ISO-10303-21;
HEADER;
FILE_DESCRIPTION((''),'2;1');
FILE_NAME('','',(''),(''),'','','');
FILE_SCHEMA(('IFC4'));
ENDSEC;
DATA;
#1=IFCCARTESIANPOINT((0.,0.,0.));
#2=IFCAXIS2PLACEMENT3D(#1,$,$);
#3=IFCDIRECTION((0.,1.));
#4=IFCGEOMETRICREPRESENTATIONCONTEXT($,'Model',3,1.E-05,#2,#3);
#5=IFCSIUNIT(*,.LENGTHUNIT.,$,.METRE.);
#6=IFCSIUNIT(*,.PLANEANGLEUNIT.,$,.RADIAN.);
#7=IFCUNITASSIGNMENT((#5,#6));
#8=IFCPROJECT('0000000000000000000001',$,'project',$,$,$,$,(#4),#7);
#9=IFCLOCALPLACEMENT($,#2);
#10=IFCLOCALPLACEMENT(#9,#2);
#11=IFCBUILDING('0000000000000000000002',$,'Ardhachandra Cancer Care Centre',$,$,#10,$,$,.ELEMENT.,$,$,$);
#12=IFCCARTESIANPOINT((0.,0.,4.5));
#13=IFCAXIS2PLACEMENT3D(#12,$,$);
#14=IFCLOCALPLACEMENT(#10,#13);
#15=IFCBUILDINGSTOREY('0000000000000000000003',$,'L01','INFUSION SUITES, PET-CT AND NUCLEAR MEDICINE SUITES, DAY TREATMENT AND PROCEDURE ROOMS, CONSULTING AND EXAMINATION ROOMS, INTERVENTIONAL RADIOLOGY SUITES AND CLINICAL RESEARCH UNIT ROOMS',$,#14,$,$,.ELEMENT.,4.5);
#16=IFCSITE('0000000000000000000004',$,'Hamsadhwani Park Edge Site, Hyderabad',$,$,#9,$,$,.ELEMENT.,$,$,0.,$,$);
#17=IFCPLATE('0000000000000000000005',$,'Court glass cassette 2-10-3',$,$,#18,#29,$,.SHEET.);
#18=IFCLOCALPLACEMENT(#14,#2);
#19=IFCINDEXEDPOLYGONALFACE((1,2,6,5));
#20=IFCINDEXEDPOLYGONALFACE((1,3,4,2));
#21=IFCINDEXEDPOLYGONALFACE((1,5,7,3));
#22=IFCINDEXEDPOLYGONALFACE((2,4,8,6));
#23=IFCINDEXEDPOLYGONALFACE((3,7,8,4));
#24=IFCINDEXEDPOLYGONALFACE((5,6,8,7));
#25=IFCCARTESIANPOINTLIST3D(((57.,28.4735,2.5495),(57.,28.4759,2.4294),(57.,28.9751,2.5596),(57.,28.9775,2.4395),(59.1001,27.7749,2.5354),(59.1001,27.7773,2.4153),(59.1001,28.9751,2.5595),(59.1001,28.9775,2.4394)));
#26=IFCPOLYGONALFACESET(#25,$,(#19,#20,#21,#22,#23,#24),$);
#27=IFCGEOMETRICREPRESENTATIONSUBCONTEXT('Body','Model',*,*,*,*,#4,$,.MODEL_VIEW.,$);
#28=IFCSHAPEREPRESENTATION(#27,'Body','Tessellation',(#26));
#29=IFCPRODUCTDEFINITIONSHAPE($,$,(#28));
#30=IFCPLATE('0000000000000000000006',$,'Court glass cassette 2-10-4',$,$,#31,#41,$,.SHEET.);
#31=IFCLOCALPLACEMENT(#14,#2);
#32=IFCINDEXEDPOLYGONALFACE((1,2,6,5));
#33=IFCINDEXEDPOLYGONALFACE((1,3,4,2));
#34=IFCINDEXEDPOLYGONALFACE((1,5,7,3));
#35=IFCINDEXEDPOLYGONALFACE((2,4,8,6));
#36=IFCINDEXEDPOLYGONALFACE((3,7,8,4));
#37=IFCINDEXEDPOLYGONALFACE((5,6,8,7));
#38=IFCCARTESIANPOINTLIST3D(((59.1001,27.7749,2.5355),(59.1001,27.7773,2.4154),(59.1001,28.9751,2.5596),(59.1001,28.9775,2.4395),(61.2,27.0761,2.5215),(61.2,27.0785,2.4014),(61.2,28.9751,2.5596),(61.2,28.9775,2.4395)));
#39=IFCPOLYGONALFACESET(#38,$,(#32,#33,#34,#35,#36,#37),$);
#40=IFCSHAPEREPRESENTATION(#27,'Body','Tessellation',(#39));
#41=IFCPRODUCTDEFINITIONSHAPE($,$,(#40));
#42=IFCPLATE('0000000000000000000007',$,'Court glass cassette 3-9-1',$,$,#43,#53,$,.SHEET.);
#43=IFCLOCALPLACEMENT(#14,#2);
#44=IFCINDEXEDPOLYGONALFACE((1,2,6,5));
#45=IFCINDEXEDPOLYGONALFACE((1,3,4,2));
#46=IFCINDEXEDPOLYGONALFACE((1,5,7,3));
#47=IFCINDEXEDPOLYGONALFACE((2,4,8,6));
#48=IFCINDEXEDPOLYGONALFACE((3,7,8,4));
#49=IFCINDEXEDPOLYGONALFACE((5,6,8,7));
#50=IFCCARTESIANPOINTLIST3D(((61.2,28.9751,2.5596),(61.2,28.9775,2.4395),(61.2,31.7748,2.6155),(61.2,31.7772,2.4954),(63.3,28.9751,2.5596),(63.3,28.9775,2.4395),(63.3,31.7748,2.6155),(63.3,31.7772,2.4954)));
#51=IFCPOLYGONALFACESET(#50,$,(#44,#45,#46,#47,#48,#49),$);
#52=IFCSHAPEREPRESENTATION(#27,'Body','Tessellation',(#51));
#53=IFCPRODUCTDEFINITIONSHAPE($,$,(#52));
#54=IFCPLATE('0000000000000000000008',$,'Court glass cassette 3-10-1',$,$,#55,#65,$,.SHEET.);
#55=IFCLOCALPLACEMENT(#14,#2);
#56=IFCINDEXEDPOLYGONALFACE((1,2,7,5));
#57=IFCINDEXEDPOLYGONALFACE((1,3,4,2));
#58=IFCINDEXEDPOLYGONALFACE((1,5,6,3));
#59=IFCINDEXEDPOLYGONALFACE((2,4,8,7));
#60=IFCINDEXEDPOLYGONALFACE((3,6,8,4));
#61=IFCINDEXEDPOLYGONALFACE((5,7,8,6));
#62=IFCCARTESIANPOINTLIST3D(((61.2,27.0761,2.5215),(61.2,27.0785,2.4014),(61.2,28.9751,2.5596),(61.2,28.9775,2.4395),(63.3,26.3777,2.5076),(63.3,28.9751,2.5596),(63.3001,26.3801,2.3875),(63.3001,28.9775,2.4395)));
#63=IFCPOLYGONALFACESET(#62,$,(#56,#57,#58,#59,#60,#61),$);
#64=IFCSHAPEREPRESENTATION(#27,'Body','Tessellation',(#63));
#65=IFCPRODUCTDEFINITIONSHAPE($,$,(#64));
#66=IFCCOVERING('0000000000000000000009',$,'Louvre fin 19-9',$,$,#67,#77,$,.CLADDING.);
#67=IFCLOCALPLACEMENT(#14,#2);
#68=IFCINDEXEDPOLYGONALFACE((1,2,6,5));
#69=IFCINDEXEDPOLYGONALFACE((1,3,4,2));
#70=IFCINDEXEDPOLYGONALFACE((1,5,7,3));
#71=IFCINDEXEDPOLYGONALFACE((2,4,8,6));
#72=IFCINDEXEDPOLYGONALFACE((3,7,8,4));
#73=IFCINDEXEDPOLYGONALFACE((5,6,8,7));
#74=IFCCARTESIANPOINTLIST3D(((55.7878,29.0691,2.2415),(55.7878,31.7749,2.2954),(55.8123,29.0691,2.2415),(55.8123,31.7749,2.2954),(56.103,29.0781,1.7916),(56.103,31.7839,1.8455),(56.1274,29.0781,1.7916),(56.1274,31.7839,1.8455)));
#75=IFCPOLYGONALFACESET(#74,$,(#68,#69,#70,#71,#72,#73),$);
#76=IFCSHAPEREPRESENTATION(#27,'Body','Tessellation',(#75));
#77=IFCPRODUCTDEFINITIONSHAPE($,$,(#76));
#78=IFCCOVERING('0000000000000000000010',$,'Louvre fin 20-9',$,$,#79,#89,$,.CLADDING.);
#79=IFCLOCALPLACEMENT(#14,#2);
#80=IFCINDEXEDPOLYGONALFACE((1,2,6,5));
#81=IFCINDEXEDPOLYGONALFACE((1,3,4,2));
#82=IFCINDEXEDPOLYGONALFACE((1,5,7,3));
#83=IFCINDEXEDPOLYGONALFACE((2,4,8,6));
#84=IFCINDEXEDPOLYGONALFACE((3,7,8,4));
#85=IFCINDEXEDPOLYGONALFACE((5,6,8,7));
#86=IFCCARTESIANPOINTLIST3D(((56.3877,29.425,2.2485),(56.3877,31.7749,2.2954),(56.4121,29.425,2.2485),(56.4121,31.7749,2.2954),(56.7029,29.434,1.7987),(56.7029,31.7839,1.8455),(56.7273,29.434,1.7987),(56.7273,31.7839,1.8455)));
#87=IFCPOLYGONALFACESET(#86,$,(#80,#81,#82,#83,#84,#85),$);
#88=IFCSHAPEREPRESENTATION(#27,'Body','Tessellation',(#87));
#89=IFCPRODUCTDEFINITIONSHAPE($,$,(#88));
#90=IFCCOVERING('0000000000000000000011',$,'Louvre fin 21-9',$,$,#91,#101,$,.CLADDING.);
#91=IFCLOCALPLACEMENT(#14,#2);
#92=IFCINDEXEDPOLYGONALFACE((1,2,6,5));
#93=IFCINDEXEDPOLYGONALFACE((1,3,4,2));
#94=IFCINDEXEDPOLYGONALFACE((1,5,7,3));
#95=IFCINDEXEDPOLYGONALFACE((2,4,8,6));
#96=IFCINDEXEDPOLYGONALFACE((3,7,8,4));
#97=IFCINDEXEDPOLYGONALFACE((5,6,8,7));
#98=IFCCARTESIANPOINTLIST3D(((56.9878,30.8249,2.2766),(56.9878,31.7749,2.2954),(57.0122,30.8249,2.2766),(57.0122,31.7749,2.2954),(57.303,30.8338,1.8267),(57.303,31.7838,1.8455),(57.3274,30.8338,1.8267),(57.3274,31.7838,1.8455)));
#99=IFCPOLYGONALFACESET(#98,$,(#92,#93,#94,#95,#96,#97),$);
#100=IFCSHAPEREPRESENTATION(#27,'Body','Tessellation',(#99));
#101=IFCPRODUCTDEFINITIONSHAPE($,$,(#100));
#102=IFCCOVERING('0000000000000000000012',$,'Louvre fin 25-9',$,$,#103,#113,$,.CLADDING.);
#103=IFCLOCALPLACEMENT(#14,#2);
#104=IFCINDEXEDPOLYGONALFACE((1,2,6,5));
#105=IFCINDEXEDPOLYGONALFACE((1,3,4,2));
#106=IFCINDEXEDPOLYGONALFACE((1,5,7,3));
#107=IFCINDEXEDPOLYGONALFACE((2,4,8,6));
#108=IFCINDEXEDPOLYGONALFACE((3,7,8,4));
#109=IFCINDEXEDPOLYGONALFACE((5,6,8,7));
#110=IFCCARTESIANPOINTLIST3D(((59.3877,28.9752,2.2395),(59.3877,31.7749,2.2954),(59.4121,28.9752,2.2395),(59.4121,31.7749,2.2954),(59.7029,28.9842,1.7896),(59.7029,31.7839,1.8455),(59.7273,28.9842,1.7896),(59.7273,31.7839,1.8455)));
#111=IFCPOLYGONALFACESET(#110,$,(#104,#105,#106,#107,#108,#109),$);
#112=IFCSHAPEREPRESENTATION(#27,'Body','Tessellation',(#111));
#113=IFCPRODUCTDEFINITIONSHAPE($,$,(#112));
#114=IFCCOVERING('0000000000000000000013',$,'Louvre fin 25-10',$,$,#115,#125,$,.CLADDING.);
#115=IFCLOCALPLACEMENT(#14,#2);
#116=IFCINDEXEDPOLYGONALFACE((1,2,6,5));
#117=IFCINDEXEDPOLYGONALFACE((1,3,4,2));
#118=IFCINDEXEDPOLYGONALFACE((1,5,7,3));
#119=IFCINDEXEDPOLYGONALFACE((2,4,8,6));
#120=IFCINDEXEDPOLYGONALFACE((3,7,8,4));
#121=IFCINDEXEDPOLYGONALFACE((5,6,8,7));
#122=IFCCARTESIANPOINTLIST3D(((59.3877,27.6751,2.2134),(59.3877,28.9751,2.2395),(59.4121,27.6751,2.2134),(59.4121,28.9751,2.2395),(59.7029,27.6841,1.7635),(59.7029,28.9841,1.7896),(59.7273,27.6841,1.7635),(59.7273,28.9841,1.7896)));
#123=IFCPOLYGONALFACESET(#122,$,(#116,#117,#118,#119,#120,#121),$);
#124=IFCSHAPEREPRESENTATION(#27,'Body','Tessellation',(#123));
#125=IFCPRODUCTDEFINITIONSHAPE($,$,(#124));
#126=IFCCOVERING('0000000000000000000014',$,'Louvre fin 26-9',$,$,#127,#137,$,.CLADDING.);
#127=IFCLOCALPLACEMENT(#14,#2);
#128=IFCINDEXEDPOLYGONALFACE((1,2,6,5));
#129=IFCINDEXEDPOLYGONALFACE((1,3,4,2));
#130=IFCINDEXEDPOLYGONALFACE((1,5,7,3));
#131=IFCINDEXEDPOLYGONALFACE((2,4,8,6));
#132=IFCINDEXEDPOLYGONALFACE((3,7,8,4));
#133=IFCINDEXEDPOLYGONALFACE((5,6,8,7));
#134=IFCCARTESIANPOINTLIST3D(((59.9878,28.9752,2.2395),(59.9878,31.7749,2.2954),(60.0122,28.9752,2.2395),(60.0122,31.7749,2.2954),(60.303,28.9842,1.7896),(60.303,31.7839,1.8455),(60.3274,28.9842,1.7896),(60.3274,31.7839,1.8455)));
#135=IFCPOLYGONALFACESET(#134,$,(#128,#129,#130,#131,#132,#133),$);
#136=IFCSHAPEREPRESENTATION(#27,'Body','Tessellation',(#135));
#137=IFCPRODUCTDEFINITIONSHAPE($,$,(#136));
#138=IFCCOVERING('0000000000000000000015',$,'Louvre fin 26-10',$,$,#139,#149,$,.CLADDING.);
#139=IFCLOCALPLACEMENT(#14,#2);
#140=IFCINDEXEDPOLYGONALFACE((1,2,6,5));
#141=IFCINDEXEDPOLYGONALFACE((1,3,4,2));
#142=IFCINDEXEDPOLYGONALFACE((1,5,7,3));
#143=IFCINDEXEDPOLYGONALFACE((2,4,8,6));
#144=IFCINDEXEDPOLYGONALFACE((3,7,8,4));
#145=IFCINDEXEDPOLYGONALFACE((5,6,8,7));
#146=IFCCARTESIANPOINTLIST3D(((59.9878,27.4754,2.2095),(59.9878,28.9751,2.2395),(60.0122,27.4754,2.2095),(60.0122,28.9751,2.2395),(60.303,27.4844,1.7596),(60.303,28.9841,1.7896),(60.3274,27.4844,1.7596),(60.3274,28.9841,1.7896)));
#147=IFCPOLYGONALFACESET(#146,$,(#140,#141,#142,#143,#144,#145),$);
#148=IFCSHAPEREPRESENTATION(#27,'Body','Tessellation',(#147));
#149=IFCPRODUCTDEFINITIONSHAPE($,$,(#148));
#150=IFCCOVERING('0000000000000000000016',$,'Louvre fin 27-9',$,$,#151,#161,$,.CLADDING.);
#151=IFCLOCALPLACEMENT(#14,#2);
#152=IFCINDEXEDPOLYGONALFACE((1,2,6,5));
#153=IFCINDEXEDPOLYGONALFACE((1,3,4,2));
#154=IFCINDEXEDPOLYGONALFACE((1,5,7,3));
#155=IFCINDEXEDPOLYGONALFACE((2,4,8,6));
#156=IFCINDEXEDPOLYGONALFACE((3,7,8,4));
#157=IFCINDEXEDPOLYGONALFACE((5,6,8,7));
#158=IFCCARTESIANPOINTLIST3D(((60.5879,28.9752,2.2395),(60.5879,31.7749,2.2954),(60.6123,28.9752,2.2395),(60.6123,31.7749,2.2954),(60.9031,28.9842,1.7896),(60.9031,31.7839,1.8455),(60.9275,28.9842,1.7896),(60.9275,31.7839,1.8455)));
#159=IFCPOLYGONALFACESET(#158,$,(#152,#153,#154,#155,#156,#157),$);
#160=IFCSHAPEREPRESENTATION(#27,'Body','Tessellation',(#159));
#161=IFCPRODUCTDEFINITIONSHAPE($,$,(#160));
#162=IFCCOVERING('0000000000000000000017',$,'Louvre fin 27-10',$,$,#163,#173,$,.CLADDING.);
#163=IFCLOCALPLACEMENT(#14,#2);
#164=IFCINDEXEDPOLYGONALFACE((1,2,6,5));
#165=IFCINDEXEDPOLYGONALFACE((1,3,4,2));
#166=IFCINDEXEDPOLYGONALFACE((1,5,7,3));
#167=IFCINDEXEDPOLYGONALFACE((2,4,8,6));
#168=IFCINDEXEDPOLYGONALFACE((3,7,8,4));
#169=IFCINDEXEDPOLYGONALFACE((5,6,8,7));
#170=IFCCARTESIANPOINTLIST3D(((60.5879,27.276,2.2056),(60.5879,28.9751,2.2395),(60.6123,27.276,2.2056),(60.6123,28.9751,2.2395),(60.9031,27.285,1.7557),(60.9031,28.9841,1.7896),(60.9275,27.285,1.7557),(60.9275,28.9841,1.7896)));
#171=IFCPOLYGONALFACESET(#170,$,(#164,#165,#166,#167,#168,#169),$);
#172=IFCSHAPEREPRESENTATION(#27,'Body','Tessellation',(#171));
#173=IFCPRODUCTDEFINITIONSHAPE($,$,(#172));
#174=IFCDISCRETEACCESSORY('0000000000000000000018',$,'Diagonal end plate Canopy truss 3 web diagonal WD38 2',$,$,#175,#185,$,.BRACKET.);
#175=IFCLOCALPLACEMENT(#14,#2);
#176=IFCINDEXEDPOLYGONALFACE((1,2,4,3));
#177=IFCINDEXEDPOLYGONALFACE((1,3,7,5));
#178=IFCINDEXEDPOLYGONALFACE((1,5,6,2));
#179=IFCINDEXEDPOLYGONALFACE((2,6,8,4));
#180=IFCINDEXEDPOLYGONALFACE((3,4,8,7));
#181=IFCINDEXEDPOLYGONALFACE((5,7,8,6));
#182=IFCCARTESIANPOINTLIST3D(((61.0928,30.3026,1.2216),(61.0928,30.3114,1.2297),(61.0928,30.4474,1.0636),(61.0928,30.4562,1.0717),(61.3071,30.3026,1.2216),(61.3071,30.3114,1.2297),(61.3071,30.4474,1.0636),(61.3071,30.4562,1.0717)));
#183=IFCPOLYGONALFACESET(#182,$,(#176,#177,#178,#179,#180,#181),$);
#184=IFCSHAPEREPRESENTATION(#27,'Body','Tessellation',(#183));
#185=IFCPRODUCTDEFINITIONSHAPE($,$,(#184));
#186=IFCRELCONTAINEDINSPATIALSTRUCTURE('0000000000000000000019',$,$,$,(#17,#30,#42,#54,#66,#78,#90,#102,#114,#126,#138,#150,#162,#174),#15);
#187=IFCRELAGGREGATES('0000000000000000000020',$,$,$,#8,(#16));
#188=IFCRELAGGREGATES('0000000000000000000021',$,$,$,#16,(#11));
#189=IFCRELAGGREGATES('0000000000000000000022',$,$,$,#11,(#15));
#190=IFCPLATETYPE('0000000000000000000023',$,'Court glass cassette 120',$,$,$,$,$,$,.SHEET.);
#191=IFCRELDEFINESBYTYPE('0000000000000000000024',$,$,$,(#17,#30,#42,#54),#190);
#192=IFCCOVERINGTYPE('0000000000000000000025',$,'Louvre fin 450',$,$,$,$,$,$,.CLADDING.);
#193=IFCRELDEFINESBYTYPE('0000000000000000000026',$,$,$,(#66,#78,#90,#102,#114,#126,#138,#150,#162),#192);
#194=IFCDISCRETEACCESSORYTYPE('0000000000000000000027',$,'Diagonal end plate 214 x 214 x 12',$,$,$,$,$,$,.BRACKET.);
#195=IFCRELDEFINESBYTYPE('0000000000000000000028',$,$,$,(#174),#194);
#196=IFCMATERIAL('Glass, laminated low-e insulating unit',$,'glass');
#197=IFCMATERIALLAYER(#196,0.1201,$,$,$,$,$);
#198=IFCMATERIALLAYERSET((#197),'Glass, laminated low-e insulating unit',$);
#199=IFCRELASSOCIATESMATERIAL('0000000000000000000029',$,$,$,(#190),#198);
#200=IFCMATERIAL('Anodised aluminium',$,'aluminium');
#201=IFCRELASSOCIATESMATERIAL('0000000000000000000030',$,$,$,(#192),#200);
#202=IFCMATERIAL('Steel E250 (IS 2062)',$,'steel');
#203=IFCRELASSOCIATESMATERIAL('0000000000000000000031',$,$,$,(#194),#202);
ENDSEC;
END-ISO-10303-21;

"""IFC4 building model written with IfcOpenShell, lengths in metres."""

from ifc_helpers import new_model, si_unit, direction, frame, origin, origin_2d, place, context, subcontext, project, spatial, polyline, rectangle, outline, extrude, material, layer, layer_set, material_profile, profile_set, type_object, element, save


model = new_model("IFC4")

# Units and contexts
model_context = context("Model", 3, precision=1e-05, world=origin(), true_north=direction((0.0, 1.0)))
body_context = subcontext(model_context, "Body", "Model", "MODEL_VIEW")
ifc_project = project(units=[si_unit("LENGTHUNIT", "METRE"), si_unit("PLANEANGLEUNIT", "RADIAN")], contexts=[model_context])

# Site, building, storey
site_placement = place(None, origin())
site = spatial("IfcSite", under=ifc_project, at=site_placement, Name="Hamsadhwani Park Edge Site, Hyderabad", CompositionType="ELEMENT", RefElevation=0.0)
building_placement = place(site_placement, origin())
building = spatial("IfcBuilding", under=site, at=building_placement, Name="Ardhachandra Cancer Care Centre", CompositionType="ELEMENT")
storey_placement = place(building_placement, frame((0.0, 0.0, 4.5)))
storey = spatial("IfcBuildingStorey", under=building, at=storey_placement, Name="L01", Description="INFUSION SUITES, PET-CT AND NUCLEAR MEDICINE SUITES, DAY TREATMENT AND PROCEDURE ROOMS, CONSULTING AND EXAMINATION ROOMS, INTERVENTIONAL RADIOLOGY SUITES AND CLINICAL RESEARCH UNIT ROOMS", CompositionType="ELEMENT", Elevation=4.5)

# Plates
ifc_material_1 = material(Name="Glass, laminated low-e insulating unit", Category="glass")
ifc_layer = layer(ifc_material_1, 0.1201)
ifc_layer_set = layer_set([ifc_layer], Name="Glass, laminated low-e insulating unit")
plate_type = type_object("IfcPlateType", Name="Court glass cassette 120", PredefinedType="SHEET", material=ifc_layer_set)
plate_1_placement = place(storey_placement, frame((57.0, 28.9751, 2.5596), z_axis=(0.000031, -0.020079, 0.999798), x_axis=(1.0, 0.000001, -0.000031)))
element("IfcPlate", 1, at=plate_1_placement, inside=storey, type_object=plate_type, Name="Court glass cassette 2-10-3", PredefinedType="SHEET", context=body_context, shape_type="SweptSolid", body=[
    extrude(outline(polyline([(0.0, -0.5017), (2.1001, -1.2004), (2.1001, 0.0), (0.0, 0.0), (0.0, -0.5017)])), frame((0.0, 0.0, -0.1201)), (0.0, 0.0, 1.0), 0.1201),
])
plate_2_placement = place(storey_placement, frame((59.1001, 28.9751, 2.5596), z_axis=(-0.000029, -0.020084, 0.999798), x_axis=(1.0, -0.000001, 0.000029)))
element("IfcPlate", 2, at=plate_2_placement, inside=storey, type_object=plate_type, Name="Court glass cassette 2-10-4", PredefinedType="SHEET", context=body_context, shape_type="SweptSolid", body=[
    extrude(outline(polyline([(0.0, -1.2004), (2.0999, -1.8994), (2.0999, 0.0), (0.0, 0.0), (0.0, -1.2004)])), frame((0.0, 0.0, -0.1201)), (0.0, 0.0, 1.0), 0.1201),
])
plate_3_placement = place(storey_placement, frame((61.2, 28.9751, 2.5596), z_axis=(0.0, -0.019965, 0.999801), x_axis=(0.0, 0.999801, 0.019965)))
element("IfcPlate", 3, at=plate_3_placement, inside=storey, type_object=plate_type, Name="Court glass cassette 3-9-1", PredefinedType="SHEET", context=body_context, shape_type="SweptSolid", body=[
    extrude(outline(polyline([(0.0, -2.1001), (2.8003, -2.1001), (2.8003, 0.0), (0.0, 0.0), (0.0, -2.1001)])), frame((0.0, 0.0, -0.1201)), (0.0, 0.0, 1.0), 0.1201),
])
plate_4_placement = place(storey_placement, frame((61.2, 28.9751, 2.5596), z_axis=(-0.000019, -0.020032, 0.999799), x_axis=(1.0, 0.0, 0.000019)))
element("IfcPlate", 4, at=plate_4_placement, inside=storey, type_object=plate_type, Name="Court glass cassette 3-10-1", PredefinedType="SHEET", context=body_context, shape_type="SweptSolid", body=[
    extrude(outline(polyline([(0.0, -1.8994), (2.1001, -2.5979), (2.1001, 0.0), (0.0, 0.0), (0.0, -1.8994)])), frame((0.0, 0.0, -0.1201)), (0.0, 0.0, 1.0), 0.1201),
])

# Coverings
ifc_material_2 = material(Name="Anodised aluminium", Category="aluminium")
ifc_material_profile_1 = material_profile(ifc_material_2, outline(polyline([(-0.0122, 0.0), (0.0122, 0.0), (0.3274, -0.45), (0.303, -0.45), (-0.0122, 0.0)])), Name="Louvre fin 450")
ifc_profile_set_1 = profile_set([ifc_material_profile_1], Name="Anodised aluminium")
covering_type = type_object("IfcCoveringType", Name="Louvre fin 450", PredefinedType="CLADDING", material=ifc_profile_set_1)
covering_1_placement = place(storey_placement, frame((55.8, 31.7749, 2.2954), z_axis=(0.0, -0.999801, -0.019936), x_axis=(1.0, 0.0, 0.0)))
element("IfcCovering", 5, at=covering_1_placement, inside=storey, type_object=covering_type, Name="Louvre fin 19-9", PredefinedType="CLADDING", context=body_context, shape_type="SweptSolid", body=[
    extrude(outline(polyline([(-0.0122, 0.0), (0.0122, 0.0), (0.3274, -0.45), (0.303, -0.45), (-0.0122, 0.0)])), origin(), (0.0, 0.0, 1.0), 2.7063),
])
covering_2_placement = place(storey_placement, frame((56.3999, 31.7749, 2.2954), z_axis=(0.0, -0.999801, -0.019944), x_axis=(1.0, 0.0, 0.0)))
element("IfcCovering", 6, at=covering_2_placement, inside=storey, type_object=covering_type, Name="Louvre fin 20-9", PredefinedType="CLADDING", context=body_context, shape_type="SweptSolid", body=[
    extrude(outline(polyline([(-0.0122, 0.0), (0.0122, 0.0), (0.3274, -0.45), (0.303, -0.45), (-0.0122, 0.0)])), origin(), (0.0, 0.0, 1.0), 2.3503),
])
covering_3_placement = place(storey_placement, frame((57.0, 31.7749, 2.2954), z_axis=(0.0, -0.999804, -0.019785), x_axis=(1.0, 0.0, 0.0)))
element("IfcCovering", 7, at=covering_3_placement, inside=storey, type_object=covering_type, Name="Louvre fin 21-9", PredefinedType="CLADDING", context=body_context, shape_type="SweptSolid", body=[
    extrude(outline(polyline([(-0.0122, 0.0), (0.0122, 0.0), (0.3274, -0.45), (0.303, -0.45), (-0.0122, 0.0)])), origin(), (0.0, 0.0, 1.0), 0.9502),
])
covering_4_placement = place(storey_placement, frame((59.3999, 31.7749, 2.2954), z_axis=(0.0, -0.999801, -0.019965), x_axis=(1.0, 0.0, 0.0)))
element("IfcCovering", 8, at=covering_4_placement, inside=storey, type_object=covering_type, Name="Louvre fin 25-9", PredefinedType="CLADDING", context=body_context, shape_type="SweptSolid", body=[
    extrude(outline(polyline([(-0.0122, 0.0), (0.0122, 0.0), (0.3274, -0.45), (0.303, -0.45), (-0.0122, 0.0)])), origin(), (0.0, 0.0, 1.0), 2.8003),
])
covering_5_placement = place(storey_placement, frame((59.3999, 28.9751, 2.2395), z_axis=(0.0, -0.999798, -0.02009), x_axis=(1.0, 0.0, 0.0)))
element("IfcCovering", 9, at=covering_5_placement, inside=storey, type_object=covering_type, Name="Louvre fin 25-10", PredefinedType="CLADDING", context=body_context, shape_type="SweptSolid", body=[
    extrude(outline(polyline([(-0.0122, 0.0), (0.0122, 0.0), (0.3274, -0.45), (0.303, -0.45), (-0.0122, 0.0)])), origin(), (0.0, 0.0, 1.0), 1.3003),
])
covering_6_placement = place(storey_placement, frame((60.0, 31.7749, 2.2954), z_axis=(0.0, -0.999801, -0.019965), x_axis=(1.0, 0.0, 0.0)))
element("IfcCovering", 10, at=covering_6_placement, inside=storey, type_object=covering_type, Name="Louvre fin 26-9", PredefinedType="CLADDING", context=body_context, shape_type="SweptSolid", body=[
    extrude(outline(polyline([(-0.0122, 0.0), (0.0122, 0.0), (0.3274, -0.45), (0.303, -0.45), (-0.0122, 0.0)])), origin(), (0.0, 0.0, 1.0), 2.8003),
])
covering_7_placement = place(storey_placement, frame((60.0, 28.9751, 2.2395), z_axis=(0.0, -0.9998, -0.020019), x_axis=(1.0, 0.0, 0.0)))
element("IfcCovering", 11, at=covering_7_placement, inside=storey, type_object=covering_type, Name="Louvre fin 26-10", PredefinedType="CLADDING", context=body_context, shape_type="SweptSolid", body=[
    extrude(outline(polyline([(-0.0122, 0.0), (0.0122, 0.0), (0.3274, -0.45), (0.303, -0.45), (-0.0122, 0.0)])), origin(), (0.0, 0.0, 1.0), 1.5),
])
covering_8_placement = place(storey_placement, frame((60.6001, 31.7749, 2.2954), z_axis=(0.0, -0.999801, -0.019965), x_axis=(1.0, 0.0, 0.0)))
element("IfcCovering", 12, at=covering_8_placement, inside=storey, type_object=covering_type, Name="Louvre fin 27-9", PredefinedType="CLADDING", context=body_context, shape_type="SweptSolid", body=[
    extrude(outline(polyline([(-0.0122, 0.0), (0.0122, 0.0), (0.3274, -0.45), (0.303, -0.45), (-0.0122, 0.0)])), origin(), (0.0, 0.0, 1.0), 2.8003),
])
covering_9_placement = place(storey_placement, frame((60.6001, 28.9751, 2.2395), z_axis=(0.0, -0.999801, -0.019967), x_axis=(1.0, 0.0, 0.0)))
element("IfcCovering", 13, at=covering_9_placement, inside=storey, type_object=covering_type, Name="Louvre fin 27-10", PredefinedType="CLADDING", context=body_context, shape_type="SweptSolid", body=[
    extrude(outline(polyline([(-0.0122, 0.0), (0.0122, 0.0), (0.3274, -0.45), (0.303, -0.45), (-0.0122, 0.0)])), origin(), (0.0, 0.0, 1.0), 1.6995),
])

# Discrete accessory
ifc_material_3 = material(Name="Steel E250 (IS 2062)", Category="steel")
ifc_material_profile_2 = material_profile(ifc_material_3, rectangle(XDim=0.2144, YDim=0.2144, at=origin_2d()), Name="PL 214x214x12")
ifc_profile_set_2 = profile_set([ifc_material_profile_2], Name="Steel E250 (IS 2062)")
discrete_accessory_type = type_object("IfcDiscreteAccessoryType", Name="Diagonal end plate 214 x 214 x 12", PredefinedType="BRACKET", material=ifc_profile_set_2)
for number, where, z_axis, x_axis, name in (
    (14, (61.2, 30.375, 1.1426), (0.0, 0.737154, 0.675725), (-1.0, 0.0, 0.0), "Diagonal end plate Canopy truss 3 web diagonal WD38 2"),
):
    element("IfcDiscreteAccessory", number, at=place(storey_placement, frame(where, z_axis=z_axis, x_axis=x_axis)), inside=storey, type_object=discrete_accessory_type, Name=name, PredefinedType="BRACKET", context=body_context, shape_type="SweptSolid", body=[
        extrude(rectangle(XDim=0.2144, YDim=0.2144, at=origin_2d()), origin(), (0.0, 0.0, 1.0), 0.012),
    ])

save(model, "model.ifc")
